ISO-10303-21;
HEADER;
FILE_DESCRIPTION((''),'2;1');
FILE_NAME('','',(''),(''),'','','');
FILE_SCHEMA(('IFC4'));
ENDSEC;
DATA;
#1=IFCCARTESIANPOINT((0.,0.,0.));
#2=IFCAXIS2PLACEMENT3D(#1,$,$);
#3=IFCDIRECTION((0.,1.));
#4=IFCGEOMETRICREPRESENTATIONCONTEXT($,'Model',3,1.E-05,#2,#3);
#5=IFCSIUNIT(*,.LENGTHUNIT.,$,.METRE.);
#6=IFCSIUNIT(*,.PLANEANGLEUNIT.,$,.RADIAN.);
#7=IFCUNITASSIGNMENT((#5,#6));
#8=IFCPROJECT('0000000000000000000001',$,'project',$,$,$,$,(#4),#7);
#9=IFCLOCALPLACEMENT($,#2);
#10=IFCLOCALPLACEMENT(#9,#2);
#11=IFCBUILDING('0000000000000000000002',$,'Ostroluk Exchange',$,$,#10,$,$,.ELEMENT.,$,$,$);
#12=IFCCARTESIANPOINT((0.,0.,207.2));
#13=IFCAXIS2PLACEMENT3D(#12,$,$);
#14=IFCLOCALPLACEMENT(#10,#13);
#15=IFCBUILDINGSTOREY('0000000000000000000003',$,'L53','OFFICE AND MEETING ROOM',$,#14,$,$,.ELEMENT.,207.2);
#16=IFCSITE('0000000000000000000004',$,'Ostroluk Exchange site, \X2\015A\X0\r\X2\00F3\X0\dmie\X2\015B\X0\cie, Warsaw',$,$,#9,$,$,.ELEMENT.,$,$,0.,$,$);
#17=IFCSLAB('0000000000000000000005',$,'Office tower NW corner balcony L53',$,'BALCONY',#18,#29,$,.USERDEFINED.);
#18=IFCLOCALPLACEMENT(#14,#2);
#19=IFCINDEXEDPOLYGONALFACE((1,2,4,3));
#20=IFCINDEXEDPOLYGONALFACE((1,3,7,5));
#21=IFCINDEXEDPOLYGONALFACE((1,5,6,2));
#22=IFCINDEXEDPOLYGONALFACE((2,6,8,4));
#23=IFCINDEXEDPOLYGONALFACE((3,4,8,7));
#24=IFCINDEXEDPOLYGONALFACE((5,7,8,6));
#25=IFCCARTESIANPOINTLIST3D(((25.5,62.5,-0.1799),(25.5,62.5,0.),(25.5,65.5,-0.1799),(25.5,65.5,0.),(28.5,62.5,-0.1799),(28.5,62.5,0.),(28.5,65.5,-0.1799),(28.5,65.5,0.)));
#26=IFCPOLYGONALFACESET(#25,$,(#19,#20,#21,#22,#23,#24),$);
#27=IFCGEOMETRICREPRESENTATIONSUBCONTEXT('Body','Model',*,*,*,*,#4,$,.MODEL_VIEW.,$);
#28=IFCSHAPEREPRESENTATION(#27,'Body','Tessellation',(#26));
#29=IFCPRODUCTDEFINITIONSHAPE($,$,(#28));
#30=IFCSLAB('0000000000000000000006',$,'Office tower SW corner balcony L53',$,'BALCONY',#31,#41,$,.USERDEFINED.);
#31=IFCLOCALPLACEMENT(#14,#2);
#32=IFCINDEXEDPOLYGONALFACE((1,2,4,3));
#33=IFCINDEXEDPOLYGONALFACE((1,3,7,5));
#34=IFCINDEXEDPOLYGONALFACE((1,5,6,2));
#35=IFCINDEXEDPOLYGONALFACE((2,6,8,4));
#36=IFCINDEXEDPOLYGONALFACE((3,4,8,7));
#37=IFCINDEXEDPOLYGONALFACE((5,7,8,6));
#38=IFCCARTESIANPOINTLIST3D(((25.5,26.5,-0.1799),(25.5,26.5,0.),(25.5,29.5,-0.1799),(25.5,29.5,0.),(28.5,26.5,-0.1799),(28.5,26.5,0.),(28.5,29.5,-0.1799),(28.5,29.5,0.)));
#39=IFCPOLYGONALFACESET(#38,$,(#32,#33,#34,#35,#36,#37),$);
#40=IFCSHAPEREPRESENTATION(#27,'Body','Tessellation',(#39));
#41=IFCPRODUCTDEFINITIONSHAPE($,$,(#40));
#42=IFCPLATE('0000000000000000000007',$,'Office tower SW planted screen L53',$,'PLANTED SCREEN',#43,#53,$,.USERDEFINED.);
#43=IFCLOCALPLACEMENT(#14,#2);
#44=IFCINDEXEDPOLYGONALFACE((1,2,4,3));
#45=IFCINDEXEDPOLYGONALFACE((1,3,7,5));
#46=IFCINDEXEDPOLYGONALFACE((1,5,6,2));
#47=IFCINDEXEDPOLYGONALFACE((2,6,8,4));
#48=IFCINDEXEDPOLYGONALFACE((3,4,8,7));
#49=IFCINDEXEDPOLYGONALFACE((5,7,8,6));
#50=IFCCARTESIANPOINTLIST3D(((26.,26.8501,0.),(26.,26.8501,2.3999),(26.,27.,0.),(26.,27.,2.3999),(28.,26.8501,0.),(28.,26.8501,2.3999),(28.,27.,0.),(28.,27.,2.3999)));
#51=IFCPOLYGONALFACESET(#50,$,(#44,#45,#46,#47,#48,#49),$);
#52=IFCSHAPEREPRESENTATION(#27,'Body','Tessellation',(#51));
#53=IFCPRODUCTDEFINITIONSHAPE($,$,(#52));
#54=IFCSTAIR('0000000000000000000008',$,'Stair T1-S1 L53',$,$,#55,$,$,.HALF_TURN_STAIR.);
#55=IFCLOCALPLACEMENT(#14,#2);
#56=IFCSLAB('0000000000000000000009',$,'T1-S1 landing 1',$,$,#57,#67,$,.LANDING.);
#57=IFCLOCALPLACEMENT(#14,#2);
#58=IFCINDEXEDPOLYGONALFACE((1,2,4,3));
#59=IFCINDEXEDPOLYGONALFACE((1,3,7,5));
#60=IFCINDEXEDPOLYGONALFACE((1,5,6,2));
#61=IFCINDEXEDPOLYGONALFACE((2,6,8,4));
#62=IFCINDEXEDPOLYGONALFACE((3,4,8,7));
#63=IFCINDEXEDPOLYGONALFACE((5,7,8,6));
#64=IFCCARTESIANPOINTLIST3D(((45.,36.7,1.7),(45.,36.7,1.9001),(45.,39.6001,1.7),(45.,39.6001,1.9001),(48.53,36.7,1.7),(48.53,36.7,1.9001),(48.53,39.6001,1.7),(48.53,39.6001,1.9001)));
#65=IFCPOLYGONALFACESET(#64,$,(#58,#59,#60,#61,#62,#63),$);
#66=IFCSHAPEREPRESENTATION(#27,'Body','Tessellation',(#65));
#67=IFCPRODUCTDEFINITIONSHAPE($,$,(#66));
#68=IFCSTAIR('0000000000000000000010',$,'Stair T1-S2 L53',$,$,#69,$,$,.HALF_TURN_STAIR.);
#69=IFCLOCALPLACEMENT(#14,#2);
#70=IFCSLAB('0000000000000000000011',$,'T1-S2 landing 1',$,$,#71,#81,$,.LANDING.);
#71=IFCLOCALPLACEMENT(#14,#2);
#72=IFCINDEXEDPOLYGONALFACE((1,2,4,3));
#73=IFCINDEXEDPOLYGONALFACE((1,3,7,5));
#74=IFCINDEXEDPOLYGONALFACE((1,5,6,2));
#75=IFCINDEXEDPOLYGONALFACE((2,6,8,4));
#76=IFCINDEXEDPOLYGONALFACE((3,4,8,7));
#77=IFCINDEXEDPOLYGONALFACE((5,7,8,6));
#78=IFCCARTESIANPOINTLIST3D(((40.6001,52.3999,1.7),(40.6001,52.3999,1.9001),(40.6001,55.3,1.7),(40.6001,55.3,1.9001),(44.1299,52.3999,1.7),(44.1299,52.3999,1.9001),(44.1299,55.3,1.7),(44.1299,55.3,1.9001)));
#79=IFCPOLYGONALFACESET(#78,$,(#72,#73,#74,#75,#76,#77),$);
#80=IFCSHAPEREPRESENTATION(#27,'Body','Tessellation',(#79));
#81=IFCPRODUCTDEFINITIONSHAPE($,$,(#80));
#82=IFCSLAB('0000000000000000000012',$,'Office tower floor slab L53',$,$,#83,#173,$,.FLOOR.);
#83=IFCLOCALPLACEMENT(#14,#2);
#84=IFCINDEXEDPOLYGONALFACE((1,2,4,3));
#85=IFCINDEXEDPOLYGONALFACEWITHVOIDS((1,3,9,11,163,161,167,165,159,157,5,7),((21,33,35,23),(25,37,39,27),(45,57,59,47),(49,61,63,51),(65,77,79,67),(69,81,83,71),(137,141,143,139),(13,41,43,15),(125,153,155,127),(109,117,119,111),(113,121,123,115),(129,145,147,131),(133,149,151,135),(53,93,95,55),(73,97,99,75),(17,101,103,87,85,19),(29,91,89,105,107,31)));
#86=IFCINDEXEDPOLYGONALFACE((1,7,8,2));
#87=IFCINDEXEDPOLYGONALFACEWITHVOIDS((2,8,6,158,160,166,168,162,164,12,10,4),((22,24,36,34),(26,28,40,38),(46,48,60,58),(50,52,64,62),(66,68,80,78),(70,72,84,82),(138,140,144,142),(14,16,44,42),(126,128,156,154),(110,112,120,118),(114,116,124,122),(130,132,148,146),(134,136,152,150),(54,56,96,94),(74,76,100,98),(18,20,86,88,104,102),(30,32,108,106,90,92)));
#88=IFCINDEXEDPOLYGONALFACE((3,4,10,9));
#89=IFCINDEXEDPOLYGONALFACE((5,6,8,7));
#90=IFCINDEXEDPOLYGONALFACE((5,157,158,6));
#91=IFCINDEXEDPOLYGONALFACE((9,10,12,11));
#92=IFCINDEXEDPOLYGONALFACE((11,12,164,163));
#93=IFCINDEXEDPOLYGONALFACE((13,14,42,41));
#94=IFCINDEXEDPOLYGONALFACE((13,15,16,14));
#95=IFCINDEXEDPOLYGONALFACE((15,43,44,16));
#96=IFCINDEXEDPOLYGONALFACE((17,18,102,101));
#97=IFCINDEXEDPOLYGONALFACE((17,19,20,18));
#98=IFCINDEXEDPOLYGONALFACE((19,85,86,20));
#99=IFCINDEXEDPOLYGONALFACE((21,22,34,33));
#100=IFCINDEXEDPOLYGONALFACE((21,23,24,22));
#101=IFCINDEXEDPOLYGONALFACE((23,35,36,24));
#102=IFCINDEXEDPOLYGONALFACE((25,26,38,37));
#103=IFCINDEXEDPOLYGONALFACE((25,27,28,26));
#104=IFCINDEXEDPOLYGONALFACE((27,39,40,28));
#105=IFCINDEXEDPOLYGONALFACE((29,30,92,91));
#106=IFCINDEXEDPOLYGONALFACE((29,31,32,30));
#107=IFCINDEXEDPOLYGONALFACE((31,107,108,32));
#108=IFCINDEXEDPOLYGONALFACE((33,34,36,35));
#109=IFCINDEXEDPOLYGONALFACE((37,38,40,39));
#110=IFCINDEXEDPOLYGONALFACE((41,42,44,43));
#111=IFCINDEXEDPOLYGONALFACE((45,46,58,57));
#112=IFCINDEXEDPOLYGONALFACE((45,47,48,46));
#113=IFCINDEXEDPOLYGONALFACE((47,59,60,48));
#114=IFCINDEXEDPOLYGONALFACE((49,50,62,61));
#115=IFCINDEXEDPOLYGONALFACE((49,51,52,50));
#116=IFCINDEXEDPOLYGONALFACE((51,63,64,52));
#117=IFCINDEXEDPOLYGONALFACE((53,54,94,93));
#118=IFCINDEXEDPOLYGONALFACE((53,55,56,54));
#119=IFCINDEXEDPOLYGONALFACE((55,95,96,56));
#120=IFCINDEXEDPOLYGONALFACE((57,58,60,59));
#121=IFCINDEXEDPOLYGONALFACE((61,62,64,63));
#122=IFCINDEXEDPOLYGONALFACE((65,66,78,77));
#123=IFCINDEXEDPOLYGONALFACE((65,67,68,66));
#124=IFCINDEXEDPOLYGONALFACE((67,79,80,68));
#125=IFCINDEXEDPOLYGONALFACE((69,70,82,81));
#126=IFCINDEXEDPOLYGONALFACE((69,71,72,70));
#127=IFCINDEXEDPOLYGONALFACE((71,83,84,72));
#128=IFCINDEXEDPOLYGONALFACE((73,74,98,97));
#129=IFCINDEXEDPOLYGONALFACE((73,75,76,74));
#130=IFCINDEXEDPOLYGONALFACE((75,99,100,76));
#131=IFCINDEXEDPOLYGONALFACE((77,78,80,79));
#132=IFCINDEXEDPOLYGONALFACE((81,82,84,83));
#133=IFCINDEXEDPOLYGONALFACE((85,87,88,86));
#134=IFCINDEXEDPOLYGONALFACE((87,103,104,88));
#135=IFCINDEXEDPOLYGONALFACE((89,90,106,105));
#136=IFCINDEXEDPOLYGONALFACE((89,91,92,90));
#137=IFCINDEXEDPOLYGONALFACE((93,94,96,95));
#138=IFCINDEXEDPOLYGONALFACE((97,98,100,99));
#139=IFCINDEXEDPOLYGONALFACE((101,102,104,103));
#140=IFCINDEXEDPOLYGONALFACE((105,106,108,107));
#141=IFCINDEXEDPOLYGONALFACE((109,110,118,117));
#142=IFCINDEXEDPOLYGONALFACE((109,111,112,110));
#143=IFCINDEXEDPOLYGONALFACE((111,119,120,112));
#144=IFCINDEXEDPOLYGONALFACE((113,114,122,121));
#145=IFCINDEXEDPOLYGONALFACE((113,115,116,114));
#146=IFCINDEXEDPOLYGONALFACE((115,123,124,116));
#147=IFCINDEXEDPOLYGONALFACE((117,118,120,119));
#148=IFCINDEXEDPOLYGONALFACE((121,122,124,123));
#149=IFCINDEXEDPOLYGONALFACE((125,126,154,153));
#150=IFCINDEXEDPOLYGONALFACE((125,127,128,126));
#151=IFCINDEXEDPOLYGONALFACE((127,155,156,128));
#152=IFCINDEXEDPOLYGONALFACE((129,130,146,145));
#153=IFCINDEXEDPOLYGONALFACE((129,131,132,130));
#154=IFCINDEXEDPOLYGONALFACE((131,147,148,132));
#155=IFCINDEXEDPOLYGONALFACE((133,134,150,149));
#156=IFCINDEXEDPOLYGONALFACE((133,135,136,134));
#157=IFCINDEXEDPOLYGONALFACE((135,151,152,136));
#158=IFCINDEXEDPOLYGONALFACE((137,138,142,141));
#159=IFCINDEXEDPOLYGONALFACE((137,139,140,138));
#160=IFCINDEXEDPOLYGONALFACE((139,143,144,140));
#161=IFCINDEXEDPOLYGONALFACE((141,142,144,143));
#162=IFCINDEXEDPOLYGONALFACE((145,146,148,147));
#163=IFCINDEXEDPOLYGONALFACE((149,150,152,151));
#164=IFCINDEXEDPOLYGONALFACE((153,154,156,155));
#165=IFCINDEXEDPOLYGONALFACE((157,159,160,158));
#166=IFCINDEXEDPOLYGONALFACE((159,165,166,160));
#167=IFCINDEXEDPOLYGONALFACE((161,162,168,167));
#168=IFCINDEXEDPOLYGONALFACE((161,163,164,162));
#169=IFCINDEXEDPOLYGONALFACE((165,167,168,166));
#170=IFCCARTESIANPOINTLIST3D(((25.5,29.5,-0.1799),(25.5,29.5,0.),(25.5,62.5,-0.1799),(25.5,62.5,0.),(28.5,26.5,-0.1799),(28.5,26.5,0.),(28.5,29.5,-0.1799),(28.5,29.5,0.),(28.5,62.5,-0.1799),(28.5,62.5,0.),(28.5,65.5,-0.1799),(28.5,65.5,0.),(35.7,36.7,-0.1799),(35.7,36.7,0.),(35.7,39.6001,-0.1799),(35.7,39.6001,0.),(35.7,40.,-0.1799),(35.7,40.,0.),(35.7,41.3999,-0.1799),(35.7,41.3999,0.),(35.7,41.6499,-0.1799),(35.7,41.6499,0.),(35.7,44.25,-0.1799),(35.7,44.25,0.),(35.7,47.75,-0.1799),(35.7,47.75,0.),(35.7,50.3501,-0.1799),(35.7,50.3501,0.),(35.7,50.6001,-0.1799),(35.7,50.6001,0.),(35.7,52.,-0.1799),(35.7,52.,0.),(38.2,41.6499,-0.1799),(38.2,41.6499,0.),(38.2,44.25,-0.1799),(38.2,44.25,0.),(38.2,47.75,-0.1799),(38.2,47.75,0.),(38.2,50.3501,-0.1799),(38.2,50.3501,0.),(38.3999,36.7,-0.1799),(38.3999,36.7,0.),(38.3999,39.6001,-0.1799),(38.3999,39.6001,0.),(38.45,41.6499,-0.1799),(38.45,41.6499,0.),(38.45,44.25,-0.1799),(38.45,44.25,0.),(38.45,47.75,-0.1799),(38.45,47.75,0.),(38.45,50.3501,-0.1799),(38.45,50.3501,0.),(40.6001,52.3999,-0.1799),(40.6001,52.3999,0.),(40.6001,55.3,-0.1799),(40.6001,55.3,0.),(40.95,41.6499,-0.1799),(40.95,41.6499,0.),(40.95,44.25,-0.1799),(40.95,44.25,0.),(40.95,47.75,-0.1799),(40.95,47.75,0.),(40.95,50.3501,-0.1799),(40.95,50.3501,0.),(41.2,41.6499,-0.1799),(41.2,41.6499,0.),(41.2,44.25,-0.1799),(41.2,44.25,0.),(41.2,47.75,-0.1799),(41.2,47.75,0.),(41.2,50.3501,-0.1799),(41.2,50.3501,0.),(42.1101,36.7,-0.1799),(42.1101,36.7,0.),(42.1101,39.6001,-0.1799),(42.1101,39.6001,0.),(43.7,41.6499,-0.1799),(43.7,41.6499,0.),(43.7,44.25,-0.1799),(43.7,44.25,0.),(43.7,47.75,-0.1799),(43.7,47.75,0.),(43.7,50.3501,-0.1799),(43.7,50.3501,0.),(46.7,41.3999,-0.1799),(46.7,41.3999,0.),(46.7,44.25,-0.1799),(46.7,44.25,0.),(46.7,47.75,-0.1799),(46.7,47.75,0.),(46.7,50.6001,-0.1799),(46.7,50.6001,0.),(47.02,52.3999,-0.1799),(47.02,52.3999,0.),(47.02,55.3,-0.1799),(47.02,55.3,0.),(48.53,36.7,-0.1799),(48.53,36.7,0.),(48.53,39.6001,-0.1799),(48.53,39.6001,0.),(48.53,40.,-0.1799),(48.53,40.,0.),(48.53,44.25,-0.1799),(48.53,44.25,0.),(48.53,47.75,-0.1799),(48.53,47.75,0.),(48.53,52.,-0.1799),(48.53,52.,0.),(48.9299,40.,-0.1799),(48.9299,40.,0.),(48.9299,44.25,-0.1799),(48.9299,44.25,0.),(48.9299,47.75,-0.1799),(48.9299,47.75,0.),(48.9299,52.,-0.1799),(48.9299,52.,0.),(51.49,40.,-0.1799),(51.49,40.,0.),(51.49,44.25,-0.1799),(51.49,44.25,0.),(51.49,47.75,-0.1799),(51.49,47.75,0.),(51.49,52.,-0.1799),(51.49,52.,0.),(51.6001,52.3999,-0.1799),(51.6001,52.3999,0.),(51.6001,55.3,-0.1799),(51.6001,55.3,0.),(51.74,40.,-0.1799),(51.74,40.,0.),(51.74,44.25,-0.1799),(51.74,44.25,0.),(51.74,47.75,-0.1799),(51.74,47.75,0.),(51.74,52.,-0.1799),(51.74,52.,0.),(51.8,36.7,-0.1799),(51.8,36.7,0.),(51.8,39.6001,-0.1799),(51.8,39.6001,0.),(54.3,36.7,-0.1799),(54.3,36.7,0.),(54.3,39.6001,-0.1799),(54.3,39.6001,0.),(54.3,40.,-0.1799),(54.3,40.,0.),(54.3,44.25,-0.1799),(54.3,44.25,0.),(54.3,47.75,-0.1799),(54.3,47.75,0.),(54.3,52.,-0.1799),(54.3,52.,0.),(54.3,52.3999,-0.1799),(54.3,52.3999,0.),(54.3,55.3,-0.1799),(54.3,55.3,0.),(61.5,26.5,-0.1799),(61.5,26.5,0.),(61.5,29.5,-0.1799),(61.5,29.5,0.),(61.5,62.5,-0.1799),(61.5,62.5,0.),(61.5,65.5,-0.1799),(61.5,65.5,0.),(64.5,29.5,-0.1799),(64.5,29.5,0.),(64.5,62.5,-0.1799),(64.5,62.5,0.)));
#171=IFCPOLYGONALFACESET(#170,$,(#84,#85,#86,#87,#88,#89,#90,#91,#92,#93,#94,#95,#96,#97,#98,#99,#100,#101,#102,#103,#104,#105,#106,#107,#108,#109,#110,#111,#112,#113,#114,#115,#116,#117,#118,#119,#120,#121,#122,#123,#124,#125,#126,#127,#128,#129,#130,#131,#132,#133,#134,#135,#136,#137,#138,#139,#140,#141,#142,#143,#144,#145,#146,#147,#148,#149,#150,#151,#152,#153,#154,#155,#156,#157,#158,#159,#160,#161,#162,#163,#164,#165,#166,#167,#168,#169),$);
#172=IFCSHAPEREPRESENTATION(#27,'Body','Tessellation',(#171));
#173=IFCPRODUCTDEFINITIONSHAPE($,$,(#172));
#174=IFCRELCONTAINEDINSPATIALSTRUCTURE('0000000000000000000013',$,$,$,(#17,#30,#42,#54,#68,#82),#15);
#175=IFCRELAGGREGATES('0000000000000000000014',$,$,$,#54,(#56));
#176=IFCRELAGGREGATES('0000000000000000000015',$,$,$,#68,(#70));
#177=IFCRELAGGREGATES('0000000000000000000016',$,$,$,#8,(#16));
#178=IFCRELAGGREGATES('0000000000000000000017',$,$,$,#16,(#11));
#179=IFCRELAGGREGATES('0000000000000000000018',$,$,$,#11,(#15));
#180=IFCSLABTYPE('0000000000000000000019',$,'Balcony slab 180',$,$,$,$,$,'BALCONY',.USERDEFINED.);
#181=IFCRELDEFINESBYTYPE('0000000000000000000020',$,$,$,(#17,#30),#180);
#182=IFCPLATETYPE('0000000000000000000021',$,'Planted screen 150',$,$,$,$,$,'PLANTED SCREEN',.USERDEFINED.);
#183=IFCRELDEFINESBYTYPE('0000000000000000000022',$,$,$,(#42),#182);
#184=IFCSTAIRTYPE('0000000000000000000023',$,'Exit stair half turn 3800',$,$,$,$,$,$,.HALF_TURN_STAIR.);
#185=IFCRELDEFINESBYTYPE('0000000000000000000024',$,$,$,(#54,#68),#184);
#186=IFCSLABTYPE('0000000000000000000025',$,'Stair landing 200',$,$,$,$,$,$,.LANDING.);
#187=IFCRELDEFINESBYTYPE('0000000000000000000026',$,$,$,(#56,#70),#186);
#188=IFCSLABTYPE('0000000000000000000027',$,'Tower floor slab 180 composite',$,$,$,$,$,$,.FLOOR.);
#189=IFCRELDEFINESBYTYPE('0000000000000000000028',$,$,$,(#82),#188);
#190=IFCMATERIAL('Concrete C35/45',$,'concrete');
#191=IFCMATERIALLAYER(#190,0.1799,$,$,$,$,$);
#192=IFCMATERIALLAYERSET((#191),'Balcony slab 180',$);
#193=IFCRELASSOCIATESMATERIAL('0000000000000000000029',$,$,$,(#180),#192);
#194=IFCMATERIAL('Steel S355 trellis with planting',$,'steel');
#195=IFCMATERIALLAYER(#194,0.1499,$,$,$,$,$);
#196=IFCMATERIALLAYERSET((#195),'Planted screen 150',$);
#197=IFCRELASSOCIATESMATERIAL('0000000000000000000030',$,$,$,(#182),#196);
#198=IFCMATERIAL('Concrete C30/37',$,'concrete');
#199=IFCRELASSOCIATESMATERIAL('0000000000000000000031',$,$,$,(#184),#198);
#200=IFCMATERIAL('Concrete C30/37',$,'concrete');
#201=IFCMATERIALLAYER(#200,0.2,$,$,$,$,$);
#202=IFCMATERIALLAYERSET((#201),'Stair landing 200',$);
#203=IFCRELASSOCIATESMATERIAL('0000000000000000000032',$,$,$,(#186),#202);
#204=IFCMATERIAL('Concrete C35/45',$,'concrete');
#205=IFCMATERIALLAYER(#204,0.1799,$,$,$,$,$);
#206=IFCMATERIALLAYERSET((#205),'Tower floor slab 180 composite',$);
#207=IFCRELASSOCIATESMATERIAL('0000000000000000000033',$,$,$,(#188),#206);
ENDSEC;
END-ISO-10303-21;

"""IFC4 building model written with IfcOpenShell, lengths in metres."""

from ifc_helpers import new_model, si_unit, direction, frame, origin, origin_2d, place, context, subcontext, project, spatial, polyline, rectangle, outline, extrude, material, layer, layer_set, type_object, element, aggregate, save


model = new_model("IFC4")

# Units and contexts
model_context = context("Model", 3, precision=1e-05, world=origin(), true_north=direction((0.0, 1.0)))
body_context = subcontext(model_context, "Body", "Model", "MODEL_VIEW")
ifc_project = project(units=[si_unit("LENGTHUNIT", "METRE"), si_unit("PLANEANGLEUNIT", "RADIAN")], contexts=[model_context])

# Site, building, storey
site_placement = place(None, origin())
site = spatial("IfcSite", under=ifc_project, at=site_placement, Name="Ostroluk Exchange site, Śródmieście, Warsaw", CompositionType="ELEMENT", RefElevation=0.0)
building_placement = place(site_placement, origin())
building = spatial("IfcBuilding", under=site, at=building_placement, Name="Ostroluk Exchange", CompositionType="ELEMENT")
storey_placement = place(building_placement, frame((0.0, 0.0, 207.2)))
storey = spatial("IfcBuildingStorey", under=building, at=storey_placement, Name="L53", Description="OFFICE AND MEETING ROOM", CompositionType="ELEMENT", Elevation=207.2)

# Slabs
ifc_material_1 = material(Name="Concrete C35/45", Category="concrete")
ifc_layer_1 = layer(ifc_material_1, 0.1799)
ifc_layer_set_1 = layer_set([ifc_layer_1], Name="Balcony slab 180")
slab_type_1 = type_object("IfcSlabType", Name="Balcony slab 180", ElementType="BALCONY", PredefinedType="USERDEFINED", material=ifc_layer_set_1)
slab_1_placement = place(storey_placement, frame((0.0, 0.0, -0.1799)))
element("IfcSlab", 1, at=slab_1_placement, inside=storey, type_object=slab_type_1, Name="Office tower NW corner balcony L53", ObjectType="BALCONY", PredefinedType="USERDEFINED", context=body_context, shape_type="SweptSolid", body=[
    extrude(outline(polyline([(25.5, 62.5), (28.5, 62.5), (28.5, 65.5), (25.5, 65.5), (25.5, 62.5)])), origin(), (0.0, 0.0, 1.0), 0.1799),
])
slab_2_placement = place(storey_placement, frame((0.0, 0.0, -0.1799)))
element("IfcSlab", 2, at=slab_2_placement, inside=storey, type_object=slab_type_1, Name="Office tower SW corner balcony L53", ObjectType="BALCONY", PredefinedType="USERDEFINED", context=body_context, shape_type="SweptSolid", body=[
    extrude(outline(polyline([(25.5, 26.5), (28.5, 26.5), (28.5, 29.5), (25.5, 29.5), (25.5, 26.5)])), origin(), (0.0, 0.0, 1.0), 0.1799),
])

# Plate
ifc_material_2 = material(Name="Steel S355 trellis with planting", Category="steel")
ifc_layer_2 = layer(ifc_material_2, 0.1499)
ifc_layer_set_2 = layer_set([ifc_layer_2], Name="Planted screen 150")
plate_type_1 = type_object("IfcPlateType", Name="Planted screen 150", ElementType="PLANTED SCREEN", PredefinedType="USERDEFINED", material=ifc_layer_set_2)
plate_1_placement = place(storey_placement, frame((27.0, 26.925, 0.0), z_axis=(0.0, 0.0, 1.0), x_axis=(1.0, 0.0, 0.0)))
element("IfcPlate", 3, at=plate_1_placement, inside=storey, type_object=plate_type_1, Name="Office tower SW planted screen L53", ObjectType="PLANTED SCREEN", PredefinedType="USERDEFINED", context=body_context, shape_type="SweptSolid", body=[
    extrude(rectangle(XDim=2.0, YDim=0.1499, at=origin_2d()), origin(), (0.0, 0.0, 1.0), 2.3999),
])

# Stairs, slabs
ifc_material_3 = material(Name="Concrete C30/37", Category="concrete")
stair_type = type_object("IfcStairType", Name="Exit stair half turn 3800", PredefinedType="HALF_TURN_STAIR", material=ifc_material_3)
stair_1_placement = place(storey_placement, origin())
stair_1 = element("IfcStair", 4, at=stair_1_placement, inside=storey, type_object=stair_type, Name="Stair T1-S1 L53", PredefinedType="HALF_TURN_STAIR")
ifc_material_4 = material(Name="Concrete C30/37", Category="concrete")
ifc_layer_3 = layer(ifc_material_4, 0.2)
ifc_layer_set_3 = layer_set([ifc_layer_3], Name="Stair landing 200")
slab_type_2 = type_object("IfcSlabType", Name="Stair landing 200", PredefinedType="LANDING", material=ifc_layer_set_3)
slab_3_placement = place(storey_placement, frame((0.0, 0.0, 1.7)))
slab_3 = element("IfcSlab", 5, at=slab_3_placement, type_object=slab_type_2, Name="T1-S1 landing 1", PredefinedType="LANDING", context=body_context, shape_type="SweptSolid", body=[
    extrude(outline(polyline([(45.0, 36.7), (45.0, 39.6001), (48.53, 39.6001), (48.53, 36.7), (45.0, 36.7)])), origin(), (0.0, 0.0, 1.0), 0.2002),
])
aggregate(stair_1, [slab_3])
stair_2_placement = place(storey_placement, origin())
stair_2 = element("IfcStair", 6, at=stair_2_placement, inside=storey, type_object=stair_type, Name="Stair T1-S2 L53", PredefinedType="HALF_TURN_STAIR")
slab_4_placement = place(storey_placement, frame((0.0, 0.0, 1.7)))
slab_4 = element("IfcSlab", 7, at=slab_4_placement, type_object=slab_type_2, Name="T1-S2 landing 1", PredefinedType="LANDING", context=body_context, shape_type="SweptSolid", body=[
    extrude(outline(polyline([(44.1299, 52.3999), (44.1299, 55.3), (40.6001, 55.3), (40.6001, 52.3999), (44.1299, 52.3999)])), origin(), (0.0, 0.0, 1.0), 0.2002),
])
aggregate(stair_2, [slab_4])

# Slab
ifc_material_5 = material(Name="Concrete C35/45", Category="concrete")
ifc_layer_4 = layer(ifc_material_5, 0.1799)
ifc_layer_set_4 = layer_set([ifc_layer_4], Name="Tower floor slab 180 composite")
slab_type_3 = type_object("IfcSlabType", Name="Tower floor slab 180 composite", PredefinedType="FLOOR", material=ifc_layer_set_4)
slab_5_placement = place(storey_placement, frame((0.0, 0.0, -0.1799)))
element("IfcSlab", 8, at=slab_5_placement, inside=storey, type_object=slab_type_3, Name="Office tower floor slab L53", PredefinedType="FLOOR", context=body_context, shape_type="SweptSolid", body=[
    extrude(outline(polyline([(28.5, 26.5), (61.5, 26.5), (61.5, 29.5), (64.5, 29.5), (64.5, 62.5), (61.5, 62.5), (61.5, 65.5), (28.5, 65.5), (28.5, 62.5), (25.5, 62.5), (25.5, 29.5), (28.5, 29.5), (28.5, 26.5)]), holes=[polyline([(35.7, 36.7), (38.3999, 36.7), (38.3999, 39.6001), (35.7, 39.6001), (35.7, 36.7)]), polyline([(42.1101, 36.7), (48.53, 36.7), (48.53, 39.6001), (42.1101, 39.6001), (42.1101, 36.7)]), polyline([(51.8, 36.7), (54.3, 36.7), (54.3, 39.6001), (51.8, 39.6001), (51.8, 36.7)]), polyline([(40.6001, 52.3999), (47.02, 52.3999), (47.02, 55.3), (40.6001, 55.3), (40.6001, 52.3999)]), polyline([(51.6001, 52.3999), (54.3, 52.3999), (54.3, 55.3), (51.6001, 55.3), (51.6001, 52.3999)]), polyline([(35.7, 47.75), (38.2, 47.75), (38.2, 50.3501), (35.7, 50.3501), (35.7, 47.75)]), polyline([(38.45, 47.75), (40.95, 47.75), (40.95, 50.3501), (38.45, 50.3501), (38.45, 47.75)]), polyline([(41.2, 47.75), (43.7, 47.75), (43.7, 50.3501), (41.2, 50.3501), (41.2, 47.75)]), polyline([(35.7, 41.6499), (38.2, 41.6499), (38.2, 44.25), (35.7, 44.25), (35.7, 41.6499)]), polyline([(38.45, 41.6499), (40.95, 41.6499), (40.95, 44.25), (38.45, 44.25), (38.45, 41.6499)]), polyline([(41.2, 41.6499), (43.7, 41.6499), (43.7, 44.25), (41.2, 44.25), (41.2, 41.6499)]), polyline([(48.9299, 47.75), (51.49, 47.75), (51.49, 52.0), (48.9299, 52.0), (48.9299, 47.75)]), polyline([(51.74, 47.75), (54.3, 47.75), (54.3, 52.0), (51.74, 52.0), (51.74, 47.75)]), polyline([(48.9299, 40.0), (51.49, 40.0), (51.49, 44.25), (48.9299, 44.25), (48.9299, 40.0)]), polyline([(51.74, 40.0), (54.3, 40.0), (54.3, 44.25), (51.74, 44.25), (51.74, 40.0)]), polyline([(48.53, 52.0), (48.53, 47.75), (46.7, 47.75), (46.7, 50.6001), (35.7, 50.6001), (35.7, 52.0), (48.53, 52.0)]), polyline([(35.7, 40.0), (35.7, 41.3999), (46.7, 41.3999), (46.7, 44.25), (48.53, 44.25), (48.53, 40.0), (35.7, 40.0)])]), origin(), (0.0, 0.0, 1.0), 0.1799),
])

save(model, "model.ifc")
